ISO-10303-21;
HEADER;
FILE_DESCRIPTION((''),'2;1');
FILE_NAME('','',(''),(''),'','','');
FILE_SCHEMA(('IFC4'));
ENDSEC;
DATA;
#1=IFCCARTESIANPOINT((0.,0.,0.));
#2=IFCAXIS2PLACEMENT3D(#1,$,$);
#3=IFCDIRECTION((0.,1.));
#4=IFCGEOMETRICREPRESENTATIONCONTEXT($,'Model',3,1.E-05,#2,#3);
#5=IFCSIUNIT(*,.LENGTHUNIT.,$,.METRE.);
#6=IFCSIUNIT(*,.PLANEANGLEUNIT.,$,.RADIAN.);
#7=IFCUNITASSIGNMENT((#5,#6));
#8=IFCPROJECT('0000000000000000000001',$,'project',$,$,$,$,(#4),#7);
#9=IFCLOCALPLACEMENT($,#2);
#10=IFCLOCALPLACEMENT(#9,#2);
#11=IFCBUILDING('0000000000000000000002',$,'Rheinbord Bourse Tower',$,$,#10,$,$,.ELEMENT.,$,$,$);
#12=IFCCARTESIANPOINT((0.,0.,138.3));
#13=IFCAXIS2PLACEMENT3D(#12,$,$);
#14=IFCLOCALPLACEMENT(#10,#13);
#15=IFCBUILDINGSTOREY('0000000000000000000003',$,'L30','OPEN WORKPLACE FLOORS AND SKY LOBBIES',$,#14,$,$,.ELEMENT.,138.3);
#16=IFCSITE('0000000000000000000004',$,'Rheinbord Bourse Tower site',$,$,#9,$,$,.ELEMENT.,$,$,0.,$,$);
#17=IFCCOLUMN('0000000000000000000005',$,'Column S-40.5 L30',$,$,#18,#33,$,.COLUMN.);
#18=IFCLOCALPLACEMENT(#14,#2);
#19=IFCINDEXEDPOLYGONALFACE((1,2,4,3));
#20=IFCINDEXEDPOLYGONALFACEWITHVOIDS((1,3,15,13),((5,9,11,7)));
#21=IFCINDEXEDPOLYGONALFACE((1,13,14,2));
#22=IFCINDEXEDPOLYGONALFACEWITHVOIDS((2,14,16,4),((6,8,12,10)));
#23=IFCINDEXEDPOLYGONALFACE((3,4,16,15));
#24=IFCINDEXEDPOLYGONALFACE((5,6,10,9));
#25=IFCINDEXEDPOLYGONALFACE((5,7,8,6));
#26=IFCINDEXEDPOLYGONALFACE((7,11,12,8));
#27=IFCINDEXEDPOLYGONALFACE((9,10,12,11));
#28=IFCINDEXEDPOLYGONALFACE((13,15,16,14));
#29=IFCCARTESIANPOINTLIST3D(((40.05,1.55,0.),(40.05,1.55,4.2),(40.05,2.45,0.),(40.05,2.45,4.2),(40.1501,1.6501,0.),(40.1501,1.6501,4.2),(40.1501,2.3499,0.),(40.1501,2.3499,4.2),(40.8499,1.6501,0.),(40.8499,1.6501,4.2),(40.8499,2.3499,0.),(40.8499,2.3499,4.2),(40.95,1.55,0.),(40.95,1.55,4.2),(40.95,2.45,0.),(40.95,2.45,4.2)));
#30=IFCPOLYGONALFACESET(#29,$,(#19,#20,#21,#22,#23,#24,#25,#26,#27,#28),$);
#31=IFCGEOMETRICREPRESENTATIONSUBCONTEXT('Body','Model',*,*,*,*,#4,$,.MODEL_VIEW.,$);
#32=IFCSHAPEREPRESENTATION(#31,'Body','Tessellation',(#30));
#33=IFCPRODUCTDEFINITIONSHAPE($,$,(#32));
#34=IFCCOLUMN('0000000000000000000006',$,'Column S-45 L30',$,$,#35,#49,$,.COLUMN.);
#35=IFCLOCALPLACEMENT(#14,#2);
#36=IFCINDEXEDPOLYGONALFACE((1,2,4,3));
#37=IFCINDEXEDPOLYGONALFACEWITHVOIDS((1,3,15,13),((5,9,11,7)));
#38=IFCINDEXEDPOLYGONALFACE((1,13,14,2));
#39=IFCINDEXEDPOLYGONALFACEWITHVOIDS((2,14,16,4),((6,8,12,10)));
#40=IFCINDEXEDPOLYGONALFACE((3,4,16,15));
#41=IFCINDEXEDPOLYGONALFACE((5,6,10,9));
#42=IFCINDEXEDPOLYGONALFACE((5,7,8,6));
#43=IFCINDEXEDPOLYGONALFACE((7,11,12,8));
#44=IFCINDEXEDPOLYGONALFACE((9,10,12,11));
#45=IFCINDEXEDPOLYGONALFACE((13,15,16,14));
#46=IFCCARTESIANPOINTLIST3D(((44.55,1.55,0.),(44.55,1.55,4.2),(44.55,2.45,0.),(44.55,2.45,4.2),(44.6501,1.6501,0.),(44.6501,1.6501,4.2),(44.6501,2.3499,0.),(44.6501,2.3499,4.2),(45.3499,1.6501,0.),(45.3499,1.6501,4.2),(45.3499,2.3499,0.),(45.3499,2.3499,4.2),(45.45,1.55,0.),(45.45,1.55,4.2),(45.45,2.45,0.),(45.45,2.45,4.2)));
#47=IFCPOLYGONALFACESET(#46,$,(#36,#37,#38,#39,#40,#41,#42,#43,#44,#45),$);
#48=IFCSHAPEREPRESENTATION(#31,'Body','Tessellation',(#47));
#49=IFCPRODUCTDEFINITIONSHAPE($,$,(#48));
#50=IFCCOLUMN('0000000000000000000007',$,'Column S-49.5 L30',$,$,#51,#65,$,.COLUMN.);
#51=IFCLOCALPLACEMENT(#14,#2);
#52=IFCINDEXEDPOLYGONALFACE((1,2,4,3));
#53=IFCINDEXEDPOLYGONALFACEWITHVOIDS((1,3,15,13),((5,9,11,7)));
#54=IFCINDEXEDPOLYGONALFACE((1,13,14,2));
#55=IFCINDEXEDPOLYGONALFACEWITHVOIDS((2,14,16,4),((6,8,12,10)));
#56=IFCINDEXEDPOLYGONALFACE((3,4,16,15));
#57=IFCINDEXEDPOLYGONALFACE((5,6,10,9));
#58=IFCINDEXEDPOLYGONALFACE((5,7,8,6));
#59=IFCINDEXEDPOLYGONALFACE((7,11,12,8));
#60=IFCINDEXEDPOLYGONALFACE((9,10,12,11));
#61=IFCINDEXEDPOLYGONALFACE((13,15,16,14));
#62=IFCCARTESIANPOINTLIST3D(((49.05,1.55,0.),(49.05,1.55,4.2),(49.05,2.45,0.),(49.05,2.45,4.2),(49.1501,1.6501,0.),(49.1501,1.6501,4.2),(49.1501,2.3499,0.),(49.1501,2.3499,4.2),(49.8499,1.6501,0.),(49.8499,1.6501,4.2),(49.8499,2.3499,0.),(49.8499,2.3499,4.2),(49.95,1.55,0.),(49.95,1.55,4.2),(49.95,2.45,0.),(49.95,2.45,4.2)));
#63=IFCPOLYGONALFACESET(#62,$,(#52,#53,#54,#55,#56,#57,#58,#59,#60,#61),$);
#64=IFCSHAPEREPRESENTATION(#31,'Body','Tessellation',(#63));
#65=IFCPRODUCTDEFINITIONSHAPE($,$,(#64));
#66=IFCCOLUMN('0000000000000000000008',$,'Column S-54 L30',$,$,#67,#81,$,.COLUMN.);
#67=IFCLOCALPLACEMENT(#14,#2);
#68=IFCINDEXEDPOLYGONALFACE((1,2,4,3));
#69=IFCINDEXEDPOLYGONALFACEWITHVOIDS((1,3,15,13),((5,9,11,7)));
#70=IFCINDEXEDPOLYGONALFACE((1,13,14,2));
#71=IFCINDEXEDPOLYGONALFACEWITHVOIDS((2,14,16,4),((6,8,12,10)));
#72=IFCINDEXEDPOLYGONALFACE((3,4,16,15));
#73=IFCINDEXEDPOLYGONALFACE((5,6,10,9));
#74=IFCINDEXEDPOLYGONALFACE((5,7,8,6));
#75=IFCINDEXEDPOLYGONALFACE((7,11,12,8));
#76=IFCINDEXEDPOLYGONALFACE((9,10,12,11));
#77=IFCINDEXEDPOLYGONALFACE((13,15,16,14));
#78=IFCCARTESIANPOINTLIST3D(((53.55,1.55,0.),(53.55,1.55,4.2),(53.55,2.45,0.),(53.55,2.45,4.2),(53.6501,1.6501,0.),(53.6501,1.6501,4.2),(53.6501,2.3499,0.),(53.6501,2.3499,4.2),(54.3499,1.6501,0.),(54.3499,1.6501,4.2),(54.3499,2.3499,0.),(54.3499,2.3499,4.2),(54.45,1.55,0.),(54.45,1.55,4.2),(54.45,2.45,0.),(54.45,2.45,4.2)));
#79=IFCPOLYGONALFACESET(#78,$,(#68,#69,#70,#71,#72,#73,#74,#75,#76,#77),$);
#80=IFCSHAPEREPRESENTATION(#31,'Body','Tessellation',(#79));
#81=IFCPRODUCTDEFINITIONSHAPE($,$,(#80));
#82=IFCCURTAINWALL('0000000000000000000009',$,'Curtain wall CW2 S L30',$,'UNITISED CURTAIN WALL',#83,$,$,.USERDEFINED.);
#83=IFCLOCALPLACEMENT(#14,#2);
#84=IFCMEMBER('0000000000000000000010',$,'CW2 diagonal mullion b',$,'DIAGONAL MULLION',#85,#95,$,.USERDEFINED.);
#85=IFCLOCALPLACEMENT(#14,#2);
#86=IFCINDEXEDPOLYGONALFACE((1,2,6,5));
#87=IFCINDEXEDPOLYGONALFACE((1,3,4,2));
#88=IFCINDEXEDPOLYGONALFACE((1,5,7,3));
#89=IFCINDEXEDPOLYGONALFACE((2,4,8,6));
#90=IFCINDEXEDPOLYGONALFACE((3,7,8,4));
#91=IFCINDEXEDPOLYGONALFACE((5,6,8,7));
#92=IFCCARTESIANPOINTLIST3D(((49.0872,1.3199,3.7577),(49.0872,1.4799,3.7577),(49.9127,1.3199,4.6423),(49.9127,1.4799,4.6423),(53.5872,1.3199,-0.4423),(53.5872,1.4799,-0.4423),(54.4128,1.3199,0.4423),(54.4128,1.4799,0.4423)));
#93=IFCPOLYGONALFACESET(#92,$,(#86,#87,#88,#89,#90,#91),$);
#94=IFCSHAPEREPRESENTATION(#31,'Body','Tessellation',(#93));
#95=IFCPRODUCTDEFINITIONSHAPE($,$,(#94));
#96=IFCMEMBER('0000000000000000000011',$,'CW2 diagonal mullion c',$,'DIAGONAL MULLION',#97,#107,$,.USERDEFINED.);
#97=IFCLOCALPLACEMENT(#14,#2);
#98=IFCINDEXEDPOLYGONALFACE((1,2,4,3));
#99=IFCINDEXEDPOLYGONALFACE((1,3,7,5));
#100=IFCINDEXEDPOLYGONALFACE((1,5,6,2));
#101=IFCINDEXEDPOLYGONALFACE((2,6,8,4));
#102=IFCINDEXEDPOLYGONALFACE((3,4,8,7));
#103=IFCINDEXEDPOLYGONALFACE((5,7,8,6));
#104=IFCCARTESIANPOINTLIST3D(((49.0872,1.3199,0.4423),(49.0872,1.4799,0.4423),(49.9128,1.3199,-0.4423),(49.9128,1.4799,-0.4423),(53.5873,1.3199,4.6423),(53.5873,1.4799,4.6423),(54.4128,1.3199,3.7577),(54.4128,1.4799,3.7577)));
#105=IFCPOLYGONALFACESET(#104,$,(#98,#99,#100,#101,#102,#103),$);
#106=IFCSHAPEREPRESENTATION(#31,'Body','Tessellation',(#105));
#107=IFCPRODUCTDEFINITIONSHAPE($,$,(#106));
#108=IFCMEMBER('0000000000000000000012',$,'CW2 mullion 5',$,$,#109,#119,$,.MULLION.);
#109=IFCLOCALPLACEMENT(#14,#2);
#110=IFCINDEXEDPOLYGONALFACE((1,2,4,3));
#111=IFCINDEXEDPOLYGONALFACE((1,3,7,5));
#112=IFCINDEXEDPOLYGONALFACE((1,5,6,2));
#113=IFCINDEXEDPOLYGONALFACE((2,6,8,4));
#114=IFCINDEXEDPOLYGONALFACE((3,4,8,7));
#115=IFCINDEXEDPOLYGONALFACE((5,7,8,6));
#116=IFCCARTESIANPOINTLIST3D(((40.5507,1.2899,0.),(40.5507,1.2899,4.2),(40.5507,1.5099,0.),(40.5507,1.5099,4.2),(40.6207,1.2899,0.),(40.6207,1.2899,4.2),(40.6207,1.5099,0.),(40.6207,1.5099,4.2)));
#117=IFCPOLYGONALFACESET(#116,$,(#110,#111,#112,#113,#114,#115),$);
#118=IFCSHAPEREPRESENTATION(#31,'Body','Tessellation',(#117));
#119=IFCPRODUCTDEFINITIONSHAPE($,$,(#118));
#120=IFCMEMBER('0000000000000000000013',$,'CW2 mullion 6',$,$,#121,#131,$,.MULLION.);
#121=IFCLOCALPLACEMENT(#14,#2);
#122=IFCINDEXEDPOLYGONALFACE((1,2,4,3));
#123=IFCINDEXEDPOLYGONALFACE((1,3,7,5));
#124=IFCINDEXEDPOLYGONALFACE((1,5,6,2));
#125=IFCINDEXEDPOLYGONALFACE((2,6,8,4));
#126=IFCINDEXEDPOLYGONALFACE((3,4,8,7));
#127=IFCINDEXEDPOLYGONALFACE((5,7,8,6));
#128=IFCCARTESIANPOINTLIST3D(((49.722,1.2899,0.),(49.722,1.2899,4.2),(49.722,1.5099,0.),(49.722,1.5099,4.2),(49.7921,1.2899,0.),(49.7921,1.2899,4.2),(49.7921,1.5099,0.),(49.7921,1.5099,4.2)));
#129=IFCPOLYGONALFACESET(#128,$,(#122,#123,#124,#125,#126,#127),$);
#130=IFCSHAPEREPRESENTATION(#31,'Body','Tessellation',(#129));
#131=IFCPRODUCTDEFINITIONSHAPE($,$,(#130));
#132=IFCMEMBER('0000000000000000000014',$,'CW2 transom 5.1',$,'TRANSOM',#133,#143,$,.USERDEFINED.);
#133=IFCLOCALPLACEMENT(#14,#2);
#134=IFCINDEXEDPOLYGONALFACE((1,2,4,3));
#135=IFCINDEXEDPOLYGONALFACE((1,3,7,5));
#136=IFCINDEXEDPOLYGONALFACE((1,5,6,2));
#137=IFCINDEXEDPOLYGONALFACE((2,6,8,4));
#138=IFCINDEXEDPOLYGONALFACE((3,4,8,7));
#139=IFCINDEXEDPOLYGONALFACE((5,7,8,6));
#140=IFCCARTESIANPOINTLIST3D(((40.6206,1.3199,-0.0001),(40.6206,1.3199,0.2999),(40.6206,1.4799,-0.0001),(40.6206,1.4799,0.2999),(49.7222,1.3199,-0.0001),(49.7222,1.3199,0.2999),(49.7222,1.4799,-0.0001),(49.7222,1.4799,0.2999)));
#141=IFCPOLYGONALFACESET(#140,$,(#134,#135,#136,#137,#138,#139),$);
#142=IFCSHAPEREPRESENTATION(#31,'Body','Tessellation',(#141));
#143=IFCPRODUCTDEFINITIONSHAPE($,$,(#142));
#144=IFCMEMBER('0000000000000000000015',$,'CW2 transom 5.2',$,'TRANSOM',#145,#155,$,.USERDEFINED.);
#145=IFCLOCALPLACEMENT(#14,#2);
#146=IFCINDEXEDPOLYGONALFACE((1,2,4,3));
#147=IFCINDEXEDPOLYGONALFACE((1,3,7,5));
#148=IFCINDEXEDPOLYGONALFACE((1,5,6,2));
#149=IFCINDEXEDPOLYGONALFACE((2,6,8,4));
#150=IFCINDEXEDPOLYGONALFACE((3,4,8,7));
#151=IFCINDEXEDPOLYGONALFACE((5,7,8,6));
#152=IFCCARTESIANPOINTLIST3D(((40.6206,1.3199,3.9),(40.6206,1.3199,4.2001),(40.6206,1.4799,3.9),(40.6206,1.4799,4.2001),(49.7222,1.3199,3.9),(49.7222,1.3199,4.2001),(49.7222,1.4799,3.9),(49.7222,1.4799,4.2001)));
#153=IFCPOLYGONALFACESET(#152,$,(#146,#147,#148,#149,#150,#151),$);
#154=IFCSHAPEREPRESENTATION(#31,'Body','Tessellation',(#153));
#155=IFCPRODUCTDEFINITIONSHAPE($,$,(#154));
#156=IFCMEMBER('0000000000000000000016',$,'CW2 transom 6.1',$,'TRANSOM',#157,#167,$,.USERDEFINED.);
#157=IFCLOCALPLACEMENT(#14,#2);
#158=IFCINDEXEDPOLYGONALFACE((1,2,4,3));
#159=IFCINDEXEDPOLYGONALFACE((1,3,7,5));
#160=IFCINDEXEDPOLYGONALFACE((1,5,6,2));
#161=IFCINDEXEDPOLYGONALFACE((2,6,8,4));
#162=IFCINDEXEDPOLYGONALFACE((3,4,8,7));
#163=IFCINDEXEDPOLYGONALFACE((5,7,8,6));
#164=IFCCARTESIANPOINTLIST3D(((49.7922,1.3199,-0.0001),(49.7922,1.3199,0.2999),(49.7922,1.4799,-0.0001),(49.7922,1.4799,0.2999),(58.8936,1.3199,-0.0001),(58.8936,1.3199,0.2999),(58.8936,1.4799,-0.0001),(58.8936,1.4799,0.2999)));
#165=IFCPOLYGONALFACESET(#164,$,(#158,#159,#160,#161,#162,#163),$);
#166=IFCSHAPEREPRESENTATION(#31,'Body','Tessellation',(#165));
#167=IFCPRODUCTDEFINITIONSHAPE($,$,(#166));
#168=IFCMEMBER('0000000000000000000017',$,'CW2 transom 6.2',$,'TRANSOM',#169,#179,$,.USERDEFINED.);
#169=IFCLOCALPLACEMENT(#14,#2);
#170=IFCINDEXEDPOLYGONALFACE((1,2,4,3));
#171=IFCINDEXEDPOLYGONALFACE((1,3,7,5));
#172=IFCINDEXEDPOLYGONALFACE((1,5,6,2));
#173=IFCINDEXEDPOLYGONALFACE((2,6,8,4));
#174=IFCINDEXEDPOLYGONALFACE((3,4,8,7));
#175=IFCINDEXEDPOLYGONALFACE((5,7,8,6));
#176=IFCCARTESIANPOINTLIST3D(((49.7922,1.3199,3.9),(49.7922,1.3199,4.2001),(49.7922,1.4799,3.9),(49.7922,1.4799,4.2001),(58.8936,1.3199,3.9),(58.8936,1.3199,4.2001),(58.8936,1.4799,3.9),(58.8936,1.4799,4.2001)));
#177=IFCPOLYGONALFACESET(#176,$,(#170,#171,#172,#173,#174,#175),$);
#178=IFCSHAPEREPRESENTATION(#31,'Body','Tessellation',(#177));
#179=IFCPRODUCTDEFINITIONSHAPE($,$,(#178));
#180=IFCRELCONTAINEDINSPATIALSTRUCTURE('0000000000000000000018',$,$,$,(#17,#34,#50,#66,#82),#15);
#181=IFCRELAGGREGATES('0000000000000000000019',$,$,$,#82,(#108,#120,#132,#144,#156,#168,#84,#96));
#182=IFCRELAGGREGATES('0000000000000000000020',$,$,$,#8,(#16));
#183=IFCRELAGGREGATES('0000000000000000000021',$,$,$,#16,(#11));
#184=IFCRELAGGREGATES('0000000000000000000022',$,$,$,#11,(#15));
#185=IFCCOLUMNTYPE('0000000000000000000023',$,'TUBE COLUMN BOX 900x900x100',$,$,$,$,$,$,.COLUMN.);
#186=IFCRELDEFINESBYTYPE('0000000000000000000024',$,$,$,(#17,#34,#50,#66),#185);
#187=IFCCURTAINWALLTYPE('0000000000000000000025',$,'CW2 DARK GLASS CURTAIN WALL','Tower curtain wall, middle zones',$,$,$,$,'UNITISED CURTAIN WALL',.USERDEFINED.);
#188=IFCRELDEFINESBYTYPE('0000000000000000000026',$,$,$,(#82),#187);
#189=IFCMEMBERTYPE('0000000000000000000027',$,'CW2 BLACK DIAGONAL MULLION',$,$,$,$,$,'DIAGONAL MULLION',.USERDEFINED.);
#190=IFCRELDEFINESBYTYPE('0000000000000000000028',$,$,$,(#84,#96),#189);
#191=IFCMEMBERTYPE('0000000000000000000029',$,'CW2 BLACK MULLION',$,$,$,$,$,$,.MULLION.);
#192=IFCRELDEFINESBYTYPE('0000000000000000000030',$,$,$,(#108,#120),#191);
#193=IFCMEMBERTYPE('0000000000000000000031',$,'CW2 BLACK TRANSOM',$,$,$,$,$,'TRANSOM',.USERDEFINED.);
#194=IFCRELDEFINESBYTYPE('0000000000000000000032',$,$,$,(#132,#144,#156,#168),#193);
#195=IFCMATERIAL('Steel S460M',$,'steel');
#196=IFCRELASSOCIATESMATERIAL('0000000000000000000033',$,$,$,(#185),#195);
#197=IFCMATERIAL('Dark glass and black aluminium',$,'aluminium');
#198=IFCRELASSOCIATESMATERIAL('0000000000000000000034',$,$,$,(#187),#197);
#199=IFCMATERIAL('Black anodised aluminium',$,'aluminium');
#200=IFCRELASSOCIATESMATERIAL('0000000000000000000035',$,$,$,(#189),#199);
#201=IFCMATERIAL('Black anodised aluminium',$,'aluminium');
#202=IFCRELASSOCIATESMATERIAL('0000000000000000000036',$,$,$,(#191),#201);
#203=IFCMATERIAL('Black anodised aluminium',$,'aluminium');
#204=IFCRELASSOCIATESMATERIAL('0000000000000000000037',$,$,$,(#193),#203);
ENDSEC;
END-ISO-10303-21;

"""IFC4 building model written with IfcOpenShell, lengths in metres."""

from ifc_helpers import new_model, si_unit, direction, frame, origin, origin_2d, place, context, subcontext, project, spatial, rectangle, hollow_rectangle, extrude, material, material_profile, profile_set, type_object, element, aggregate, save


model = new_model("IFC4")

# Units and contexts
model_context = context("Model", 3, precision=1e-05, world=origin(), true_north=direction((0.0, 1.0)))
body_context = subcontext(model_context, "Body", "Model", "MODEL_VIEW")
ifc_project = project(units=[si_unit("LENGTHUNIT", "METRE"), si_unit("PLANEANGLEUNIT", "RADIAN")], contexts=[model_context])

# Site, building, storey
site_placement = place(None, origin())
site = spatial("IfcSite", under=ifc_project, at=site_placement, Name="Rheinbord Bourse Tower site", CompositionType="ELEMENT", RefElevation=0.0)
building_placement = place(site_placement, origin())
building = spatial("IfcBuilding", under=site, at=building_placement, Name="Rheinbord Bourse Tower", CompositionType="ELEMENT")
storey_placement = place(building_placement, frame((0.0, 0.0, 138.3)))
storey = spatial("IfcBuildingStorey", under=building, at=storey_placement, Name="L30", Description="OPEN WORKPLACE FLOORS AND SKY LOBBIES", CompositionType="ELEMENT", Elevation=138.3)

# Columns
ifc_material_1 = material(Name="Steel S460M", Category="steel")
ifc_material_profile_1 = material_profile(ifc_material_1, hollow_rectangle(XDim=0.8999, YDim=0.8999, WallThickness=0.1001, at=origin_2d()), Name="BOX 900x900x100")
ifc_profile_set_1 = profile_set([ifc_material_profile_1], Name="Steel S460M")
column_type = type_object("IfcColumnType", Name="TUBE COLUMN BOX 900x900x100", PredefinedType="COLUMN", material=ifc_profile_set_1)
for number, where, z_axis, x_axis, name in (
    (1, (40.5, 2.0, 0.0), (0.0, 0.0, 1.0), (0.0, 1.0, 0.0), "Column S-40.5 L30"),
    (2, (45.0, 2.0, 0.0), (0.0, 0.0, 1.0), (0.0, 1.0, 0.0), "Column S-45 L30"),
    (3, (49.5, 2.0, 0.0), (0.0, 0.0, 1.0), (0.0, 1.0, 0.0), "Column S-49.5 L30"),
    (4, (54.0, 2.0, 0.0), (0.0, 0.0, 1.0), (0.0, 1.0, 0.0), "Column S-54 L30"),
):
    element("IfcColumn", number, at=place(storey_placement, frame(where, z_axis=z_axis, x_axis=x_axis)), inside=storey, type_object=column_type, Name=name, PredefinedType="COLUMN", context=body_context, shape_type="SweptSolid", body=[
        extrude(hollow_rectangle(XDim=0.8999, YDim=0.8999, WallThickness=0.1001, at=origin_2d()), origin(), (0.0, 0.0, 1.0), 4.2),
    ])

# Curtain wall, members
ifc_material_2 = material(Name="Dark glass and black aluminium", Category="aluminium")
curtain_wall_type = type_object("IfcCurtainWallType", Name="CW2 DARK GLASS CURTAIN WALL", Description="Tower curtain wall, middle zones", ElementType="UNITISED CURTAIN WALL", PredefinedType="USERDEFINED", material=ifc_material_2)
curtain_wall_placement = place(storey_placement, origin())
curtain_wall = element("IfcCurtainWall", 5, at=curtain_wall_placement, inside=storey, type_object=curtain_wall_type, Name="Curtain wall CW2 S L30", ObjectType="UNITISED CURTAIN WALL", PredefinedType="USERDEFINED")
ifc_material_3 = material(Name="Black anodised aluminium", Category="aluminium")
ifc_material_profile_2 = material_profile(ifc_material_3, rectangle(XDim=0.1599, YDim=1.21, at=origin_2d()), Name="CW2 DIAGONAL MULLION 1210x160")
ifc_profile_set_2 = profile_set([ifc_material_profile_2], Name="Black anodised aluminium")
member_type_1 = type_object("IfcMemberType", Name="CW2 BLACK DIAGONAL MULLION", ElementType="DIAGONAL MULLION", PredefinedType="USERDEFINED", material=ifc_profile_set_2)
member_1_placement = place(storey_placement, frame((54.0, 1.3999, 0.0), z_axis=(-0.731059, 0.0, 0.682314), x_axis=(0.0, -1.0, 0.0)))
member_1 = element("IfcMember", 6, at=member_1_placement, type_object=member_type_1, Name="CW2 diagonal mullion b", ObjectType="DIAGONAL MULLION", PredefinedType="USERDEFINED", context=body_context, shape_type="SweptSolid", body=[
    extrude(rectangle(XDim=0.1599, YDim=1.21, at=origin_2d()), origin(), (0.0, 0.0, 1.0), 6.1555),
])
member_2_placement = place(storey_placement, frame((49.5, 1.3999, 0.0), z_axis=(0.731059, 0.0, 0.682314), x_axis=(0.0, 1.0, 0.0)))
member_2 = element("IfcMember", 7, at=member_2_placement, type_object=member_type_1, Name="CW2 diagonal mullion c", ObjectType="DIAGONAL MULLION", PredefinedType="USERDEFINED", context=body_context, shape_type="SweptSolid", body=[
    extrude(rectangle(XDim=0.1599, YDim=1.21, at=origin_2d()), origin(), (0.0, 0.0, 1.0), 6.1555),
])
ifc_material_4 = material(Name="Black anodised aluminium", Category="aluminium")
ifc_material_profile_3 = material_profile(ifc_material_4, rectangle(XDim=0.22, YDim=0.0701, at=origin_2d()), Name="CW2 MULLION 70x220")
ifc_profile_set_3 = profile_set([ifc_material_profile_3], Name="Black anodised aluminium")
member_type_2 = type_object("IfcMemberType", Name="CW2 BLACK MULLION", PredefinedType="MULLION", material=ifc_profile_set_3)
member_3_placement = place(storey_placement, frame((40.5857, 1.3999, 0.0), z_axis=(0.0, 0.0, 1.0), x_axis=(0.0, 1.0, 0.0)))
member_3 = element("IfcMember", 8, at=member_3_placement, type_object=member_type_2, Name="CW2 mullion 5", PredefinedType="MULLION", context=body_context, shape_type="SweptSolid", body=[
    extrude(rectangle(XDim=0.22, YDim=0.0701, at=origin_2d()), origin(), (0.0, 0.0, 1.0), 4.2),
])
member_4_placement = place(storey_placement, frame((49.7571, 1.3999, 0.0), z_axis=(0.0, 0.0, 1.0), x_axis=(0.0, 1.0, 0.0)))
member_4 = element("IfcMember", 9, at=member_4_placement, type_object=member_type_2, Name="CW2 mullion 6", PredefinedType="MULLION", context=body_context, shape_type="SweptSolid", body=[
    extrude(rectangle(XDim=0.22, YDim=0.0701, at=origin_2d()), origin(), (0.0, 0.0, 1.0), 4.2),
])
ifc_material_5 = material(Name="Black anodised aluminium", Category="aluminium")
ifc_material_profile_4 = material_profile(ifc_material_5, rectangle(XDim=0.1599, YDim=0.3, at=origin_2d()), Name="CW2 TRANSOM 300x160")
ifc_profile_set_4 = profile_set([ifc_material_profile_4], Name="Black anodised aluminium")
member_type_3 = type_object("IfcMemberType", Name="CW2 BLACK TRANSOM", ElementType="TRANSOM", PredefinedType="USERDEFINED", material=ifc_profile_set_4)
member_5_placement = place(storey_placement, frame((40.6206, 1.3999, 0.1499), z_axis=(1.0, 0.0, 0.0), x_axis=(0.0, 1.0, 0.0)))
member_5 = element("IfcMember", 10, at=member_5_placement, type_object=member_type_3, Name="CW2 transom 5.1", ObjectType="TRANSOM", PredefinedType="USERDEFINED", context=body_context, shape_type="SweptSolid", body=[
    extrude(rectangle(XDim=0.1599, YDim=0.3, at=origin_2d()), origin(), (0.0, 0.0, 1.0), 9.1016),
])
member_6_placement = place(storey_placement, frame((40.6206, 1.3999, 4.05), z_axis=(1.0, 0.0, 0.0), x_axis=(0.0, 1.0, 0.0)))
member_6 = element("IfcMember", 11, at=member_6_placement, type_object=member_type_3, Name="CW2 transom 5.2", ObjectType="TRANSOM", PredefinedType="USERDEFINED", context=body_context, shape_type="SweptSolid", body=[
    extrude(rectangle(XDim=0.1599, YDim=0.3, at=origin_2d()), origin(), (0.0, 0.0, 1.0), 9.1016),
])
member_7_placement = place(storey_placement, frame((49.7922, 1.3999, 0.1499), z_axis=(1.0, 0.0, 0.0), x_axis=(0.0, 1.0, 0.0)))
member_7 = element("IfcMember", 12, at=member_7_placement, type_object=member_type_3, Name="CW2 transom 6.1", ObjectType="TRANSOM", PredefinedType="USERDEFINED", context=body_context, shape_type="SweptSolid", body=[
    extrude(rectangle(XDim=0.1599, YDim=0.3, at=origin_2d()), origin(), (0.0, 0.0, 1.0), 9.1013),
])
member_8_placement = place(storey_placement, frame((49.7922, 1.3999, 4.05), z_axis=(1.0, 0.0, 0.0), x_axis=(0.0, 1.0, 0.0)))
member_8 = element("IfcMember", 13, at=member_8_placement, type_object=member_type_3, Name="CW2 transom 6.2", ObjectType="TRANSOM", PredefinedType="USERDEFINED", context=body_context, shape_type="SweptSolid", body=[
    extrude(rectangle(XDim=0.1599, YDim=0.3, at=origin_2d()), origin(), (0.0, 0.0, 1.0), 9.1013),
])

aggregate(curtain_wall, [member_3, member_4, member_5, member_6, member_7, member_8, member_1, member_2])

save(model, "model.ifc")
